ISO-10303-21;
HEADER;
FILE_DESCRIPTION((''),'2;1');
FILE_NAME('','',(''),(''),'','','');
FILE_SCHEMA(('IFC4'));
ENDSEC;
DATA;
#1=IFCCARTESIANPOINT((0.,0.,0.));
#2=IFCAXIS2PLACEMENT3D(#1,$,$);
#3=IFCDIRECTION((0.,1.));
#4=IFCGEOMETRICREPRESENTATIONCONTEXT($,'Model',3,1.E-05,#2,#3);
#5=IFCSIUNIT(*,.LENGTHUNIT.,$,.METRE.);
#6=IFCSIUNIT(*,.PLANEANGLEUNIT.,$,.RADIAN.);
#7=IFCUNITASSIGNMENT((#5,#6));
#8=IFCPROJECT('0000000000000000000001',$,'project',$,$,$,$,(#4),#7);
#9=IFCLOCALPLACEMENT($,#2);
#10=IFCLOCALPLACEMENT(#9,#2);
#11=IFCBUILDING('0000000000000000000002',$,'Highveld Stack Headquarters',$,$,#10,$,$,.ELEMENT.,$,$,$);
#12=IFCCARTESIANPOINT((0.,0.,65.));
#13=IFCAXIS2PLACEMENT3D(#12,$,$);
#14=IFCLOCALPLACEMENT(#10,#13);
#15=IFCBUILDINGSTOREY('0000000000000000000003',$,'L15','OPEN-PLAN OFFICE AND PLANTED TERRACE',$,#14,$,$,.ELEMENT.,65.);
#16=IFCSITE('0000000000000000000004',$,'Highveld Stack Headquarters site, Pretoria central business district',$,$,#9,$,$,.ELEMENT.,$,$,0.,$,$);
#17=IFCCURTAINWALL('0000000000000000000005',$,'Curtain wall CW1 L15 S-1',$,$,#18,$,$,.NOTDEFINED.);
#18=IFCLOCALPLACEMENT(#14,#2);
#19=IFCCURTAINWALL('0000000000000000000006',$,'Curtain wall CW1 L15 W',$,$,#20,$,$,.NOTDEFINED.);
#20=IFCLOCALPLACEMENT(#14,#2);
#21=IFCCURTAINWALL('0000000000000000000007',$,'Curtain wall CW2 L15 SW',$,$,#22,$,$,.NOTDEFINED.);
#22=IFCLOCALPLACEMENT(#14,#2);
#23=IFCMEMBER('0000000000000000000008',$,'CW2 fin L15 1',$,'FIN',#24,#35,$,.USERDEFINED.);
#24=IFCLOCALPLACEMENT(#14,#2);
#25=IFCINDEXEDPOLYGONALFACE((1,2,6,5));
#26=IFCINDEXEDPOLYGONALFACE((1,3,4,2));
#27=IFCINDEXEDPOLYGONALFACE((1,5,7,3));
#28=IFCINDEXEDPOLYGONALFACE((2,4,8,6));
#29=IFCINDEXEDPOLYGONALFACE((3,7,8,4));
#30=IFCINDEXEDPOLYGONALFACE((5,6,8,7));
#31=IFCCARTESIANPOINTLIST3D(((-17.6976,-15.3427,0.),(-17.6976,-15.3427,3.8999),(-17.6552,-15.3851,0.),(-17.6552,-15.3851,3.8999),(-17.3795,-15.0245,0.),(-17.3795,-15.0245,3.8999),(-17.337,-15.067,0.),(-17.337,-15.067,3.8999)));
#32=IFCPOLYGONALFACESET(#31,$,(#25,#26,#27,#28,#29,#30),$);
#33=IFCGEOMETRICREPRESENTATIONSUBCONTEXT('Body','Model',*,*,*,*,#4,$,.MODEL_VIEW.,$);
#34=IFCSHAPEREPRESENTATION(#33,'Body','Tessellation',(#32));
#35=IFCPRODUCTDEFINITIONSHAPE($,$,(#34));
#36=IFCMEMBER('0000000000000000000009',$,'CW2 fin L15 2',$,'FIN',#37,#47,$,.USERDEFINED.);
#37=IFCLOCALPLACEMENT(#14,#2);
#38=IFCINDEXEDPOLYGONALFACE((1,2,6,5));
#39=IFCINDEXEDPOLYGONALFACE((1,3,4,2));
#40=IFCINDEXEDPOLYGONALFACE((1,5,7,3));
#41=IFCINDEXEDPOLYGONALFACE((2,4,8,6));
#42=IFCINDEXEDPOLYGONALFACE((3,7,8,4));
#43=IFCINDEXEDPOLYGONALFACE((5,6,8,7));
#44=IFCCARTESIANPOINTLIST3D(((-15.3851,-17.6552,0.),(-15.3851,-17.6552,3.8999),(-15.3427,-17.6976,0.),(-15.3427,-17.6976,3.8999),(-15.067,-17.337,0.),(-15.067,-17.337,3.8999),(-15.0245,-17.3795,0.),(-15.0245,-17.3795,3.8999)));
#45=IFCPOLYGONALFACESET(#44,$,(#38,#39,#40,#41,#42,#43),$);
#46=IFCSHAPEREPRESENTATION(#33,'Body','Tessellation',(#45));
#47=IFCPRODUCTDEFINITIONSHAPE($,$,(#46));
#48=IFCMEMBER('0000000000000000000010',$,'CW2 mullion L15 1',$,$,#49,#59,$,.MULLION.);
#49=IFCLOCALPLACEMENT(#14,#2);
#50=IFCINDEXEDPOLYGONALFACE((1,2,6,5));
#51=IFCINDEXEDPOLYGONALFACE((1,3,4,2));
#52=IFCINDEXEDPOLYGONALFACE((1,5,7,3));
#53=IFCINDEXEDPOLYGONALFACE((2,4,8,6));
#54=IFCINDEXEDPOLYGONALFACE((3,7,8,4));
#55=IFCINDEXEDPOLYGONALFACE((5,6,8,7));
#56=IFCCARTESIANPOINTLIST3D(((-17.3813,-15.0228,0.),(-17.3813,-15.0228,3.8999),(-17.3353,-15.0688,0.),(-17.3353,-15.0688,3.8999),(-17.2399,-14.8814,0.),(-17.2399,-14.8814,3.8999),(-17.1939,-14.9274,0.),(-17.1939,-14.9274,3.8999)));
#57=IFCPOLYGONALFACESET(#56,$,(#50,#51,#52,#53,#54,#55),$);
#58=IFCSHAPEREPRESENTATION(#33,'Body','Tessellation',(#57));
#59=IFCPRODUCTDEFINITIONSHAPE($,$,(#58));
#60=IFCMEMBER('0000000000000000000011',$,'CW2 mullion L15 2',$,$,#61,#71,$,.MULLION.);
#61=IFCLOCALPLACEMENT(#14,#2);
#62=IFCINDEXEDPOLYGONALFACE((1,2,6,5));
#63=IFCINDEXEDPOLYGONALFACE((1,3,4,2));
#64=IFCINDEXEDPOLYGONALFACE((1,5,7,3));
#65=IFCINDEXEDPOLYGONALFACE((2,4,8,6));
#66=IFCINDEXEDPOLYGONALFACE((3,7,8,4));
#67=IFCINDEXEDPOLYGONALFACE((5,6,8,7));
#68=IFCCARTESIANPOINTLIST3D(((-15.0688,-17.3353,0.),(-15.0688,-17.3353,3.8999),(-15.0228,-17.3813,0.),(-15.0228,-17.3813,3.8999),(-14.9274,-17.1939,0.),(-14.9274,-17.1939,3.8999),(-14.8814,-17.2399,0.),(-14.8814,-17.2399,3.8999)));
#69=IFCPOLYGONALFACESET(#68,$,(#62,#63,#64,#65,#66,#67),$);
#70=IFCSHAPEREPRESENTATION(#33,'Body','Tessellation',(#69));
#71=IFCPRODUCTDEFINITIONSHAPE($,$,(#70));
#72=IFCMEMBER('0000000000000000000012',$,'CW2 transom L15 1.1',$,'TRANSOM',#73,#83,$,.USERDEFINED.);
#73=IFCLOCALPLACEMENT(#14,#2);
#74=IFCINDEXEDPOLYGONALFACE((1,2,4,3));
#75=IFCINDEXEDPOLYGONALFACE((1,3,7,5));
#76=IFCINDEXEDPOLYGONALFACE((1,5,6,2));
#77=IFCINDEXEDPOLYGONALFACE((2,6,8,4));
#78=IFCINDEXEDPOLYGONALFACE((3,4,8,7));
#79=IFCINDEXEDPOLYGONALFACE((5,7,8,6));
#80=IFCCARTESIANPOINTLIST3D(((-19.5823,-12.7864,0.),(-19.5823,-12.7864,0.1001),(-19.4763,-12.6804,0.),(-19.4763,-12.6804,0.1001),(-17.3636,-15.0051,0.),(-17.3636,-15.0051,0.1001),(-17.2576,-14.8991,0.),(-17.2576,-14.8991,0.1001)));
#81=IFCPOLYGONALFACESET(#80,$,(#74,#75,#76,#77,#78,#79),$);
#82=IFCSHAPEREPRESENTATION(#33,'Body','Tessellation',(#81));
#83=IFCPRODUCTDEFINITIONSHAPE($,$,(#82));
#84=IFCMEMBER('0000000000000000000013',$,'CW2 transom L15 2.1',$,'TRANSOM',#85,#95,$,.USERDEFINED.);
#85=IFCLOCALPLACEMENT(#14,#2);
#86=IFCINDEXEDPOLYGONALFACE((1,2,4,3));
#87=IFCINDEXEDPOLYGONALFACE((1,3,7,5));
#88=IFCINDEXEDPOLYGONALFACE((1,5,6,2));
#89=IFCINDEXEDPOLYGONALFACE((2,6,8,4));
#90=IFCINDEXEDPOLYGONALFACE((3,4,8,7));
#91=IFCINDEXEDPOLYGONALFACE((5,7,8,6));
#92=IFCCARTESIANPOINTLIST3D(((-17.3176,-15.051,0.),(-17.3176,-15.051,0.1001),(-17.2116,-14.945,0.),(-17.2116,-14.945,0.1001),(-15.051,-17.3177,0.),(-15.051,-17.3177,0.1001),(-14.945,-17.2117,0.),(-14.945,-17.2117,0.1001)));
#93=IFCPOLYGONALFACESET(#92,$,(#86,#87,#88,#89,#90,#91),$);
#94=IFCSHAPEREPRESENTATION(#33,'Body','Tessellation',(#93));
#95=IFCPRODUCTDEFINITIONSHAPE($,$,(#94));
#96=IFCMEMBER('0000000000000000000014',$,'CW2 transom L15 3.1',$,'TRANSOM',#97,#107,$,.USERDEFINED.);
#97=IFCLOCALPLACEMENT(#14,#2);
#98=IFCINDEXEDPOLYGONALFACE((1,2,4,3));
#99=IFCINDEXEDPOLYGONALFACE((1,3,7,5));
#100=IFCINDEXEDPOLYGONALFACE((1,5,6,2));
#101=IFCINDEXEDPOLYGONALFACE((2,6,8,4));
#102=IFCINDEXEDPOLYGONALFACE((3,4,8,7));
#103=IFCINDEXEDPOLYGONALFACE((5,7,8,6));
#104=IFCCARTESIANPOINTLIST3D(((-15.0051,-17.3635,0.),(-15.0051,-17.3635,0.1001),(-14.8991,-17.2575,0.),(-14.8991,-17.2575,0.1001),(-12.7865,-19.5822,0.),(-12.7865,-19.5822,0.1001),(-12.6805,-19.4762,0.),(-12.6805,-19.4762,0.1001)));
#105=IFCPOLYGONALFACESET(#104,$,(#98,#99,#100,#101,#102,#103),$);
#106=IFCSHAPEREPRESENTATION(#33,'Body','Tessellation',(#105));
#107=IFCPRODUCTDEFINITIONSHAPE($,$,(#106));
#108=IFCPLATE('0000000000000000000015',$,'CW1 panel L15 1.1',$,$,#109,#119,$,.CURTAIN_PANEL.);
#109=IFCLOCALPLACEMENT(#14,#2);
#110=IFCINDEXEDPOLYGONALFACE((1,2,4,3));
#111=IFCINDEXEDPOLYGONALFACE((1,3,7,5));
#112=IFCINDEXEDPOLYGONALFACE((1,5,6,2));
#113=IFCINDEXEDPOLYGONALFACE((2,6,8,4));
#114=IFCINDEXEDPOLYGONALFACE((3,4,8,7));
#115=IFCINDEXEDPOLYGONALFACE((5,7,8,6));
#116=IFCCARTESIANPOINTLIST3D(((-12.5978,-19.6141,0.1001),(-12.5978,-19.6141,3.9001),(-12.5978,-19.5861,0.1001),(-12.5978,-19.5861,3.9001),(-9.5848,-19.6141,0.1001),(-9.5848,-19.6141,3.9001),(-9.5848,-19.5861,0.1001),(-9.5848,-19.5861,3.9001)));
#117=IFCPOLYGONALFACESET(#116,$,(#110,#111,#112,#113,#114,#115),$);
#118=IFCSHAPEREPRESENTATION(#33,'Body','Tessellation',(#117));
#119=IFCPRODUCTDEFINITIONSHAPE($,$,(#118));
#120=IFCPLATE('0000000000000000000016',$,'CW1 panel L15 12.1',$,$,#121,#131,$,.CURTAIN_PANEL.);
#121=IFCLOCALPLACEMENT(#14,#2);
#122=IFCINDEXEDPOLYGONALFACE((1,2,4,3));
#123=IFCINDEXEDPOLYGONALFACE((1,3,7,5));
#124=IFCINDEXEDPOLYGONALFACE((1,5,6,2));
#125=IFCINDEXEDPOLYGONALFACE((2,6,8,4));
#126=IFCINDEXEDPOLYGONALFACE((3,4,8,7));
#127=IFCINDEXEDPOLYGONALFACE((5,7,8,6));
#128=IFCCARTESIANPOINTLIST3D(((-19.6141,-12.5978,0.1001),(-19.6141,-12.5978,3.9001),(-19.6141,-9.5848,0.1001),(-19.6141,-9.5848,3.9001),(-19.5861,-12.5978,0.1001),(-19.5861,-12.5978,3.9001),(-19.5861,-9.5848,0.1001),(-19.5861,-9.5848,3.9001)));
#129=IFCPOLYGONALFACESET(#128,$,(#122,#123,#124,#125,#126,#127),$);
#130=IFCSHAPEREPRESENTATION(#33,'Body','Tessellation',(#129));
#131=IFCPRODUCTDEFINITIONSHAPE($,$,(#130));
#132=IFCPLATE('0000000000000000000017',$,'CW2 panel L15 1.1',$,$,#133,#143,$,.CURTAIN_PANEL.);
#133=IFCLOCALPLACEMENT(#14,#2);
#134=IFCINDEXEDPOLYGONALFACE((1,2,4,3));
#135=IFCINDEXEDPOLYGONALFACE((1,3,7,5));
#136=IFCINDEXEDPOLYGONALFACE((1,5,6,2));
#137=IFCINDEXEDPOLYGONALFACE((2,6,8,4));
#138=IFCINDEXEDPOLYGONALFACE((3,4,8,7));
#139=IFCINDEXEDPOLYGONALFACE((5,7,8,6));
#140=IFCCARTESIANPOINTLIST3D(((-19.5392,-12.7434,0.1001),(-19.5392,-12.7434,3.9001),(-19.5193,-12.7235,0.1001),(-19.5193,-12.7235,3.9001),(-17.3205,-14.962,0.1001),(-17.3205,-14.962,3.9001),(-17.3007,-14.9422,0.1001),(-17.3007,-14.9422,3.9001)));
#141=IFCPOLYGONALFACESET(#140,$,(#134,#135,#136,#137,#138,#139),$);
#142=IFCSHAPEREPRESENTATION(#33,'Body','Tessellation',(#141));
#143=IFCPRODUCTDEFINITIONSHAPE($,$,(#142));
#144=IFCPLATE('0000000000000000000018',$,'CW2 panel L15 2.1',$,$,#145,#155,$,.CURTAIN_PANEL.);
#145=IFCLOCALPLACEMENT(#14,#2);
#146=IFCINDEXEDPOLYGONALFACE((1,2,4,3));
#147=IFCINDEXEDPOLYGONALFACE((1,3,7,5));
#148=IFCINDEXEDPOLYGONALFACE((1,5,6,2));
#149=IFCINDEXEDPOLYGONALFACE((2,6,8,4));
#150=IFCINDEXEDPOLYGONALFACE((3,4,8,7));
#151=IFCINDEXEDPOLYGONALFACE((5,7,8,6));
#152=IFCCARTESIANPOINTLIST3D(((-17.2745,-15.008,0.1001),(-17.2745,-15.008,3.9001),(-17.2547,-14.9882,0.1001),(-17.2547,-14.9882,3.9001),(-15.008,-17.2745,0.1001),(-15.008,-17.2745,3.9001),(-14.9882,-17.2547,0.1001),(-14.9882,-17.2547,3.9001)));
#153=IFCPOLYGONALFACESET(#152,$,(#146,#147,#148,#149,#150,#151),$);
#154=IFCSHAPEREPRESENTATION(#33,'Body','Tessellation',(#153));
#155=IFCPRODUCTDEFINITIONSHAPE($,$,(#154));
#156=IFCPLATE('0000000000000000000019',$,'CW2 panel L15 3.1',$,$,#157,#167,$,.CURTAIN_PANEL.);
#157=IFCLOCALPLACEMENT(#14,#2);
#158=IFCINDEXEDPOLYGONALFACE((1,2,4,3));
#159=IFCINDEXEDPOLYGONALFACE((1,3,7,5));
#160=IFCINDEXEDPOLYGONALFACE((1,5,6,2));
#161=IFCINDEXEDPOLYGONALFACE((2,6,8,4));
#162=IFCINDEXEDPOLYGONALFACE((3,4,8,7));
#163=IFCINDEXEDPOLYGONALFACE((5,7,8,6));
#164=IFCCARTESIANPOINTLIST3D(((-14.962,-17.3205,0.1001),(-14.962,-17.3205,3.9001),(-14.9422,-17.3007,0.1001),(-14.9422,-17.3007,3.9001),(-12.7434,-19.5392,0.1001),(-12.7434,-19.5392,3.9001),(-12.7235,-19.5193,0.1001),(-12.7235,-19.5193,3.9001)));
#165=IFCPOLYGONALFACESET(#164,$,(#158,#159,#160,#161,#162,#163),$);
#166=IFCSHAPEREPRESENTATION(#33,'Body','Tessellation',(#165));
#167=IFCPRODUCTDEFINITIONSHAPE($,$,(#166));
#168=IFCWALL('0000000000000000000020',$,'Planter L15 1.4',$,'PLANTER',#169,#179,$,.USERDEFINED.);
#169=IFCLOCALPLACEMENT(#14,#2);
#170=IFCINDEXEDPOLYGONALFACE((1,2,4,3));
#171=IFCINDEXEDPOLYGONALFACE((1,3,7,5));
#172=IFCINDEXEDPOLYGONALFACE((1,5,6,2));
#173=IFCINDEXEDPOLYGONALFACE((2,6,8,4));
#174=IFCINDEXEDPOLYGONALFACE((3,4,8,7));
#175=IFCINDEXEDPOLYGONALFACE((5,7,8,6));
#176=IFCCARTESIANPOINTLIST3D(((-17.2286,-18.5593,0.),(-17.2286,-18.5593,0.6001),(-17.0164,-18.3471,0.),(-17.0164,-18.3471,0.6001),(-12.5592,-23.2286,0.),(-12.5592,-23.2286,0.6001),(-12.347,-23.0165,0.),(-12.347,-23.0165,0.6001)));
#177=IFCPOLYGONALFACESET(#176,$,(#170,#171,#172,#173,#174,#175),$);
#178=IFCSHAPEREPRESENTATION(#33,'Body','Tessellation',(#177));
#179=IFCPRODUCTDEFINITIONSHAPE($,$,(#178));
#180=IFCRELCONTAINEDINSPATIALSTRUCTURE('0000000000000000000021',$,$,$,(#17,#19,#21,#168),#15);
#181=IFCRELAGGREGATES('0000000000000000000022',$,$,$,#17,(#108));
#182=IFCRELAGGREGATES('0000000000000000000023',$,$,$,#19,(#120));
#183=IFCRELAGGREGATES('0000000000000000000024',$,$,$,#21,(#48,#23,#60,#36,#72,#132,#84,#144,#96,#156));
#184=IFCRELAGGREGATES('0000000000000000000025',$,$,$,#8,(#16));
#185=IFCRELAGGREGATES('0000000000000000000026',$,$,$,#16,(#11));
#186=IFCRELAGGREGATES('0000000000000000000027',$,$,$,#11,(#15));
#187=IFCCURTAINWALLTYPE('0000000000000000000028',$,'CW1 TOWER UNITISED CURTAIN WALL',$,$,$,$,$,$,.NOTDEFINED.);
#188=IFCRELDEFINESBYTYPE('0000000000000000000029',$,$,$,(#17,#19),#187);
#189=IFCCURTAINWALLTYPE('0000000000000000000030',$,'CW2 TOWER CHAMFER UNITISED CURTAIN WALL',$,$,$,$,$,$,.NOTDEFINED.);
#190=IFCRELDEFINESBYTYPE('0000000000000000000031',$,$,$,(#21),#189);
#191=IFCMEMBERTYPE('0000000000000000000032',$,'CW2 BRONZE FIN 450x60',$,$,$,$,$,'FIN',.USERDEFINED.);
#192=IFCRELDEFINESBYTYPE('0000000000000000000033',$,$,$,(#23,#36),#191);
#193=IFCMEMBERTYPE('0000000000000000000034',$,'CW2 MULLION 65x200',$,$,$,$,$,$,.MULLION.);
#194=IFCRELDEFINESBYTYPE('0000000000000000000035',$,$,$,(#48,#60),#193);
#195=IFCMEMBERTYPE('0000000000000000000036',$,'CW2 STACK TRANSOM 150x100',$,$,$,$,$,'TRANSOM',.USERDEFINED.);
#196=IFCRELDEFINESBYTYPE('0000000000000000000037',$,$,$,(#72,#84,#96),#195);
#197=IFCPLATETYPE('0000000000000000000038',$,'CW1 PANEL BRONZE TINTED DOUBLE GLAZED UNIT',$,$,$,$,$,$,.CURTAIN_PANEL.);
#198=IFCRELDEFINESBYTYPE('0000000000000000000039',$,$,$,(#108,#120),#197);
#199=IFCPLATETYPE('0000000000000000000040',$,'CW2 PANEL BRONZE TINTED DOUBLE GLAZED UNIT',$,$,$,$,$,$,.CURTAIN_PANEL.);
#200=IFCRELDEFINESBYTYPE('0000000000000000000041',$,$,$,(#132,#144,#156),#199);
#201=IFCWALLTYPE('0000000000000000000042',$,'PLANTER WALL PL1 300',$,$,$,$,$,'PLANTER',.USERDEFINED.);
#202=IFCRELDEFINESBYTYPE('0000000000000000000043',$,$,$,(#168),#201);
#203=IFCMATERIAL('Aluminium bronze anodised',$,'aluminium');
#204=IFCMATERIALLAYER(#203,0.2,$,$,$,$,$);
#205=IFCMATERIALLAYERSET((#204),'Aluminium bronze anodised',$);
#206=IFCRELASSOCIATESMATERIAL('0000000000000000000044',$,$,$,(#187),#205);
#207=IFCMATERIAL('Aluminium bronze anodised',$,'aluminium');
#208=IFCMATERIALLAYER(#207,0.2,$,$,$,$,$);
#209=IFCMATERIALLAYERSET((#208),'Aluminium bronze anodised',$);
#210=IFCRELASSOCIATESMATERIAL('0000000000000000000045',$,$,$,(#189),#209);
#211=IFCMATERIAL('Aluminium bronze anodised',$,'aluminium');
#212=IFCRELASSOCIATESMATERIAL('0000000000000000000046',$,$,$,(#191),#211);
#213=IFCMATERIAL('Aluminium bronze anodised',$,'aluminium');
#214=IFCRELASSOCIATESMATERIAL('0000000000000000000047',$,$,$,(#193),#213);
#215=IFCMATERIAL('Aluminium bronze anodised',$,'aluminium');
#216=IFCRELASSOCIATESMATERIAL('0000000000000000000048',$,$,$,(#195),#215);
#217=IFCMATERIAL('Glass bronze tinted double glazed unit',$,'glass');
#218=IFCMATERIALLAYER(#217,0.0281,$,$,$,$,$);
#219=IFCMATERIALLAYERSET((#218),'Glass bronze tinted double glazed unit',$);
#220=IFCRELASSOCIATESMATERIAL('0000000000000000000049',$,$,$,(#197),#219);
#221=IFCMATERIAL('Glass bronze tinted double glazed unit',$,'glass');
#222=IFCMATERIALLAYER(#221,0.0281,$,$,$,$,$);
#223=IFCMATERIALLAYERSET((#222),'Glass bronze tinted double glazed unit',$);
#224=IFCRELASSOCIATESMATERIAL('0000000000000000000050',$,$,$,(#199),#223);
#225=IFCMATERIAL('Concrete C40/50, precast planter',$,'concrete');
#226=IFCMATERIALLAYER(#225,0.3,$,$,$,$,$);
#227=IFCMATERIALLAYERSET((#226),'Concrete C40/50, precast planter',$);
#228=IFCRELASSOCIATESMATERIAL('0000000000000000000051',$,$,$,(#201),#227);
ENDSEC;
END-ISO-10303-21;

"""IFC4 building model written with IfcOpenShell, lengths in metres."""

from ifc_helpers import new_model, si_unit, direction, frame, frame_2d, origin, origin_2d, place, context, subcontext, project, spatial, rectangle, extrude, material, layer, layer_set, material_profile, profile_set, type_object, element, aggregate, save


model = new_model("IFC4")

# Units and contexts
model_context = context("Model", 3, precision=1e-05, world=origin(), true_north=direction((0.0, 1.0)))
body_context = subcontext(model_context, "Body", "Model", "MODEL_VIEW")
ifc_project = project(units=[si_unit("LENGTHUNIT", "METRE"), si_unit("PLANEANGLEUNIT", "RADIAN")], contexts=[model_context])

# Site, building, storey
site_placement = place(None, origin())
site = spatial("IfcSite", under=ifc_project, at=site_placement, Name="Highveld Stack Headquarters site, Pretoria central business district", CompositionType="ELEMENT", RefElevation=0.0)
building_placement = place(site_placement, origin())
building = spatial("IfcBuilding", under=site, at=building_placement, Name="Highveld Stack Headquarters", CompositionType="ELEMENT")
storey_placement = place(building_placement, frame((0.0, 0.0, 65.0)))
storey = spatial("IfcBuildingStorey", under=building, at=storey_placement, Name="L15", Description="OPEN-PLAN OFFICE AND PLANTED TERRACE", CompositionType="ELEMENT", Elevation=65.0)

# Curtain walls
ifc_material_1 = material(Name="Aluminium bronze anodised", Category="aluminium")
ifc_layer_1 = layer(ifc_material_1, 0.2)
ifc_layer_set_1 = layer_set([ifc_layer_1], Name="Aluminium bronze anodised")
curtain_wall_type_1 = type_object("IfcCurtainWallType", Name="CW1 TOWER UNITISED CURTAIN WALL", PredefinedType="NOTDEFINED", material=ifc_layer_set_1)
curtain_wall_1_placement = place(storey_placement, origin())
curtain_wall_1 = element("IfcCurtainWall", 1, at=curtain_wall_1_placement, inside=storey, type_object=curtain_wall_type_1, Name="Curtain wall CW1 L15 S-1", PredefinedType="NOTDEFINED")
curtain_wall_2_placement = place(storey_placement, origin())
curtain_wall_2 = element("IfcCurtainWall", 2, at=curtain_wall_2_placement, inside=storey, type_object=curtain_wall_type_1, Name="Curtain wall CW1 L15 W", PredefinedType="NOTDEFINED")

# Curtain wall, members
ifc_material_2 = material(Name="Aluminium bronze anodised", Category="aluminium")
ifc_layer_2 = layer(ifc_material_2, 0.2)
ifc_layer_set_2 = layer_set([ifc_layer_2], Name="Aluminium bronze anodised")
curtain_wall_type_2 = type_object("IfcCurtainWallType", Name="CW2 TOWER CHAMFER UNITISED CURTAIN WALL", PredefinedType="NOTDEFINED", material=ifc_layer_set_2)
curtain_wall_3_placement = place(storey_placement, origin())
curtain_wall_3 = element("IfcCurtainWall", 3, at=curtain_wall_3_placement, inside=storey, type_object=curtain_wall_type_2, Name="Curtain wall CW2 L15 SW", PredefinedType="NOTDEFINED")
ifc_material_3 = material(Name="Aluminium bronze anodised", Category="aluminium")
ifc_material_profile_1 = material_profile(ifc_material_3, rectangle(XDim=0.45, YDim=0.0601, at=origin_2d()), Name="FIN 450x60")
ifc_profile_set_1 = profile_set([ifc_material_profile_1], Name="Aluminium bronze anodised")
member_type_1 = type_object("IfcMemberType", Name="CW2 BRONZE FIN 450x60", ElementType="FIN", PredefinedType="USERDEFINED", material=ifc_profile_set_1)
member_1_placement = place(storey_placement, frame((-17.5173, -15.2048, 0.0), z_axis=(0.0, 0.0, 1.0), x_axis=(0.707107, 0.707107, 0.0)))
member_1 = element("IfcMember", 4, at=member_1_placement, type_object=member_type_1, Name="CW2 fin L15 1", ObjectType="FIN", PredefinedType="USERDEFINED", context=body_context, shape_type="SweptSolid", body=[
    extrude(rectangle(XDim=0.45, YDim=0.0601, at=origin_2d()), origin(), (0.0, 0.0, 1.0), 3.8999),
])
member_2_placement = place(storey_placement, frame((-15.2048, -17.5173, 0.0), z_axis=(0.0, 0.0, 1.0), x_axis=(0.707107, 0.707107, 0.0)))
member_2 = element("IfcMember", 5, at=member_2_placement, type_object=member_type_1, Name="CW2 fin L15 2", ObjectType="FIN", PredefinedType="USERDEFINED", context=body_context, shape_type="SweptSolid", body=[
    extrude(rectangle(XDim=0.45, YDim=0.0601, at=origin_2d()), origin(), (0.0, 0.0, 1.0), 3.8999),
])
ifc_material_4 = material(Name="Aluminium bronze anodised", Category="aluminium")
ifc_material_profile_2 = material_profile(ifc_material_4, rectangle(XDim=0.2, YDim=0.0649, at=origin_2d()), Name="CW2 MULLION 65x200")
ifc_profile_set_2 = profile_set([ifc_material_profile_2], Name="Aluminium bronze anodised")
member_type_2 = type_object("IfcMemberType", Name="CW2 MULLION 65x200", PredefinedType="MULLION", material=ifc_profile_set_2)
member_3_placement = place(storey_placement, frame((-17.2876, -14.9751, 0.0), z_axis=(0.0, 0.0, 1.0), x_axis=(0.707107, 0.707107, 0.0)))
member_3 = element("IfcMember", 6, at=member_3_placement, type_object=member_type_2, Name="CW2 mullion L15 1", PredefinedType="MULLION", context=body_context, shape_type="SweptSolid", body=[
    extrude(rectangle(XDim=0.2, YDim=0.0649, at=origin_2d()), origin(), (0.0, 0.0, 1.0), 3.8999),
])
member_4_placement = place(storey_placement, frame((-14.9751, -17.2876, 0.0), z_axis=(0.0, 0.0, 1.0), x_axis=(0.707107, 0.707107, 0.0)))
member_4 = element("IfcMember", 7, at=member_4_placement, type_object=member_type_2, Name="CW2 mullion L15 2", PredefinedType="MULLION", context=body_context, shape_type="SweptSolid", body=[
    extrude(rectangle(XDim=0.2, YDim=0.0649, at=origin_2d()), origin(), (0.0, 0.0, 1.0), 3.8999),
])
ifc_material_5 = material(Name="Aluminium bronze anodised", Category="aluminium")
ifc_material_profile_3 = material_profile(ifc_material_5, rectangle(XDim=0.1499, YDim=0.1001, at=origin_2d()), Name="CW2 TRANSOM 150x100")
ifc_profile_set_3 = profile_set([ifc_material_profile_3], Name="Aluminium bronze anodised")
member_type_3 = type_object("IfcMemberType", Name="CW2 STACK TRANSOM 150x100", ElementType="TRANSOM", PredefinedType="USERDEFINED", material=ifc_profile_set_3)
member_5_placement = place(storey_placement, frame((-19.5293, -12.7334, 0.05), z_axis=(0.707107, -0.707107, 0.0), x_axis=(0.707107, 0.707107, 0.0)))
member_5 = element("IfcMember", 8, at=member_5_placement, type_object=member_type_3, Name="CW2 transom L15 1.1", ObjectType="TRANSOM", PredefinedType="USERDEFINED", context=body_context, shape_type="SweptSolid", body=[
    extrude(rectangle(XDim=0.1499, YDim=0.1001, at=origin_2d()), origin(), (0.0, 0.0, 1.0), 3.1377),
])
member_6_placement = place(storey_placement, frame((-17.2646, -14.998, 0.05), z_axis=(0.707107, -0.707107, 0.0), x_axis=(0.707107, 0.707107, 0.0)))
member_6 = element("IfcMember", 9, at=member_6_placement, type_object=member_type_3, Name="CW2 transom L15 2.1", ObjectType="TRANSOM", PredefinedType="USERDEFINED", context=body_context, shape_type="SweptSolid", body=[
    extrude(rectangle(XDim=0.1499, YDim=0.1001, at=origin_2d()), origin(), (0.0, 0.0, 1.0), 3.2056),
])
member_7_placement = place(storey_placement, frame((-14.9521, -17.3105, 0.05), z_axis=(0.707107, -0.707107, 0.0), x_axis=(0.707107, 0.707107, 0.0)))
member_7 = element("IfcMember", 10, at=member_7_placement, type_object=member_type_3, Name="CW2 transom L15 3.1", ObjectType="TRANSOM", PredefinedType="USERDEFINED", context=body_context, shape_type="SweptSolid", body=[
    extrude(rectangle(XDim=0.1499, YDim=0.1001, at=origin_2d()), origin(), (0.0, 0.0, 1.0), 3.1377),
])

# Plates
ifc_material_6 = material(Name="Glass bronze tinted double glazed unit", Category="glass")
ifc_layer_3 = layer(ifc_material_6, 0.0281)
ifc_layer_set_3 = layer_set([ifc_layer_3], Name="Glass bronze tinted double glazed unit")
plate_type_1 = type_object("IfcPlateType", Name="CW1 PANEL BRONZE TINTED DOUBLE GLAZED UNIT", PredefinedType="CURTAIN_PANEL", material=ifc_layer_set_3)
plate_1_placement = place(storey_placement, frame((-11.0913, -19.6001, 0.1001), z_axis=(0.0, 0.0, 1.0), x_axis=(1.0, 0.0, 0.0)))
plate_1 = element("IfcPlate", 11, at=plate_1_placement, type_object=plate_type_1, Name="CW1 panel L15 1.1", PredefinedType="CURTAIN_PANEL", context=body_context, shape_type="SweptSolid", body=[
    extrude(rectangle(XDim=3.0129, YDim=0.0281, at=origin_2d()), origin(), (0.0, 0.0, 1.0), 3.8),
])
aggregate(curtain_wall_1, [plate_1])
plate_2_placement = place(storey_placement, frame((-19.6001, -11.0913, 0.1001), z_axis=(0.0, 0.0, 1.0), x_axis=(0.0, -1.0, 0.0)))
plate_2 = element("IfcPlate", 12, at=plate_2_placement, type_object=plate_type_1, Name="CW1 panel L15 12.1", PredefinedType="CURTAIN_PANEL", context=body_context, shape_type="SweptSolid", body=[
    extrude(rectangle(XDim=3.0129, YDim=0.0281, at=origin_2d()), origin(), (0.0, 0.0, 1.0), 3.8),
])
aggregate(curtain_wall_2, [plate_2])
ifc_material_7 = material(Name="Glass bronze tinted double glazed unit", Category="glass")
ifc_layer_4 = layer(ifc_material_7, 0.0281)
ifc_layer_set_4 = layer_set([ifc_layer_4], Name="Glass bronze tinted double glazed unit")
plate_type_2 = type_object("IfcPlateType", Name="CW2 PANEL BRONZE TINTED DOUBLE GLAZED UNIT", PredefinedType="CURTAIN_PANEL", material=ifc_layer_set_4)
plate_3_placement = place(storey_placement, frame((-18.4199, -13.8428, 0.1001), z_axis=(0.0, 0.0, 1.0), x_axis=(0.707107, -0.707107, 0.0)))
plate_3 = element("IfcPlate", 13, at=plate_3_placement, type_object=plate_type_2, Name="CW2 panel L15 1.1", PredefinedType="CURTAIN_PANEL", context=body_context, shape_type="SweptSolid", body=[
    extrude(rectangle(XDim=3.1377, YDim=0.0281, at=origin_2d()), origin(), (0.0, 0.0, 1.0), 3.8),
])
plate_4_placement = place(storey_placement, frame((-16.1313, -16.1313, 0.1001), z_axis=(0.0, 0.0, 1.0), x_axis=(0.707107, -0.707107, 0.0)))
plate_4 = element("IfcPlate", 14, at=plate_4_placement, type_object=plate_type_2, Name="CW2 panel L15 2.1", PredefinedType="CURTAIN_PANEL", context=body_context, shape_type="SweptSolid", body=[
    extrude(rectangle(XDim=3.2053, YDim=0.0281, at=origin_2d()), origin(), (0.0, 0.0, 1.0), 3.8),
])
plate_5_placement = place(storey_placement, frame((-13.8428, -18.4199, 0.1001), z_axis=(0.0, 0.0, 1.0), x_axis=(0.707107, -0.707107, 0.0)))
plate_5 = element("IfcPlate", 15, at=plate_5_placement, type_object=plate_type_2, Name="CW2 panel L15 3.1", PredefinedType="CURTAIN_PANEL", context=body_context, shape_type="SweptSolid", body=[
    extrude(rectangle(XDim=3.1377, YDim=0.0281, at=origin_2d()), origin(), (0.0, 0.0, 1.0), 3.8),
])
aggregate(curtain_wall_3, [member_3, member_1, member_4, member_2, member_5, plate_3, member_6, plate_4, member_7, plate_5])

# Wall
ifc_material_8 = material(Name="Concrete C40/50, precast planter", Category="concrete")
ifc_layer_5 = layer(ifc_material_8, 0.3)
ifc_layer_set_5 = layer_set([ifc_layer_5], Name="Concrete C40/50, precast planter")
wall_type = type_object("IfcWallType", Name="PLANTER WALL PL1 300", ElementType="PLANTER", PredefinedType="USERDEFINED", material=ifc_layer_set_5)
wall_placement = place(storey_placement, frame((-12.4531, -23.1226, 0.0), z_axis=(0.0, 0.0, 1.0), x_axis=(-0.707107, 0.707107, 0.0)))
element("IfcWall", 16, at=wall_placement, inside=storey, type_object=wall_type, Name="Planter L15 1.4", ObjectType="PLANTER", PredefinedType="USERDEFINED", context=body_context, shape_type="SweptSolid", body=[
    extrude(rectangle(XDim=6.6035, YDim=0.3, at=frame_2d((3.3018, 0.0))), origin(), (0.0, 0.0, 1.0), 0.6001),
])

save(model, "model.ifc")
